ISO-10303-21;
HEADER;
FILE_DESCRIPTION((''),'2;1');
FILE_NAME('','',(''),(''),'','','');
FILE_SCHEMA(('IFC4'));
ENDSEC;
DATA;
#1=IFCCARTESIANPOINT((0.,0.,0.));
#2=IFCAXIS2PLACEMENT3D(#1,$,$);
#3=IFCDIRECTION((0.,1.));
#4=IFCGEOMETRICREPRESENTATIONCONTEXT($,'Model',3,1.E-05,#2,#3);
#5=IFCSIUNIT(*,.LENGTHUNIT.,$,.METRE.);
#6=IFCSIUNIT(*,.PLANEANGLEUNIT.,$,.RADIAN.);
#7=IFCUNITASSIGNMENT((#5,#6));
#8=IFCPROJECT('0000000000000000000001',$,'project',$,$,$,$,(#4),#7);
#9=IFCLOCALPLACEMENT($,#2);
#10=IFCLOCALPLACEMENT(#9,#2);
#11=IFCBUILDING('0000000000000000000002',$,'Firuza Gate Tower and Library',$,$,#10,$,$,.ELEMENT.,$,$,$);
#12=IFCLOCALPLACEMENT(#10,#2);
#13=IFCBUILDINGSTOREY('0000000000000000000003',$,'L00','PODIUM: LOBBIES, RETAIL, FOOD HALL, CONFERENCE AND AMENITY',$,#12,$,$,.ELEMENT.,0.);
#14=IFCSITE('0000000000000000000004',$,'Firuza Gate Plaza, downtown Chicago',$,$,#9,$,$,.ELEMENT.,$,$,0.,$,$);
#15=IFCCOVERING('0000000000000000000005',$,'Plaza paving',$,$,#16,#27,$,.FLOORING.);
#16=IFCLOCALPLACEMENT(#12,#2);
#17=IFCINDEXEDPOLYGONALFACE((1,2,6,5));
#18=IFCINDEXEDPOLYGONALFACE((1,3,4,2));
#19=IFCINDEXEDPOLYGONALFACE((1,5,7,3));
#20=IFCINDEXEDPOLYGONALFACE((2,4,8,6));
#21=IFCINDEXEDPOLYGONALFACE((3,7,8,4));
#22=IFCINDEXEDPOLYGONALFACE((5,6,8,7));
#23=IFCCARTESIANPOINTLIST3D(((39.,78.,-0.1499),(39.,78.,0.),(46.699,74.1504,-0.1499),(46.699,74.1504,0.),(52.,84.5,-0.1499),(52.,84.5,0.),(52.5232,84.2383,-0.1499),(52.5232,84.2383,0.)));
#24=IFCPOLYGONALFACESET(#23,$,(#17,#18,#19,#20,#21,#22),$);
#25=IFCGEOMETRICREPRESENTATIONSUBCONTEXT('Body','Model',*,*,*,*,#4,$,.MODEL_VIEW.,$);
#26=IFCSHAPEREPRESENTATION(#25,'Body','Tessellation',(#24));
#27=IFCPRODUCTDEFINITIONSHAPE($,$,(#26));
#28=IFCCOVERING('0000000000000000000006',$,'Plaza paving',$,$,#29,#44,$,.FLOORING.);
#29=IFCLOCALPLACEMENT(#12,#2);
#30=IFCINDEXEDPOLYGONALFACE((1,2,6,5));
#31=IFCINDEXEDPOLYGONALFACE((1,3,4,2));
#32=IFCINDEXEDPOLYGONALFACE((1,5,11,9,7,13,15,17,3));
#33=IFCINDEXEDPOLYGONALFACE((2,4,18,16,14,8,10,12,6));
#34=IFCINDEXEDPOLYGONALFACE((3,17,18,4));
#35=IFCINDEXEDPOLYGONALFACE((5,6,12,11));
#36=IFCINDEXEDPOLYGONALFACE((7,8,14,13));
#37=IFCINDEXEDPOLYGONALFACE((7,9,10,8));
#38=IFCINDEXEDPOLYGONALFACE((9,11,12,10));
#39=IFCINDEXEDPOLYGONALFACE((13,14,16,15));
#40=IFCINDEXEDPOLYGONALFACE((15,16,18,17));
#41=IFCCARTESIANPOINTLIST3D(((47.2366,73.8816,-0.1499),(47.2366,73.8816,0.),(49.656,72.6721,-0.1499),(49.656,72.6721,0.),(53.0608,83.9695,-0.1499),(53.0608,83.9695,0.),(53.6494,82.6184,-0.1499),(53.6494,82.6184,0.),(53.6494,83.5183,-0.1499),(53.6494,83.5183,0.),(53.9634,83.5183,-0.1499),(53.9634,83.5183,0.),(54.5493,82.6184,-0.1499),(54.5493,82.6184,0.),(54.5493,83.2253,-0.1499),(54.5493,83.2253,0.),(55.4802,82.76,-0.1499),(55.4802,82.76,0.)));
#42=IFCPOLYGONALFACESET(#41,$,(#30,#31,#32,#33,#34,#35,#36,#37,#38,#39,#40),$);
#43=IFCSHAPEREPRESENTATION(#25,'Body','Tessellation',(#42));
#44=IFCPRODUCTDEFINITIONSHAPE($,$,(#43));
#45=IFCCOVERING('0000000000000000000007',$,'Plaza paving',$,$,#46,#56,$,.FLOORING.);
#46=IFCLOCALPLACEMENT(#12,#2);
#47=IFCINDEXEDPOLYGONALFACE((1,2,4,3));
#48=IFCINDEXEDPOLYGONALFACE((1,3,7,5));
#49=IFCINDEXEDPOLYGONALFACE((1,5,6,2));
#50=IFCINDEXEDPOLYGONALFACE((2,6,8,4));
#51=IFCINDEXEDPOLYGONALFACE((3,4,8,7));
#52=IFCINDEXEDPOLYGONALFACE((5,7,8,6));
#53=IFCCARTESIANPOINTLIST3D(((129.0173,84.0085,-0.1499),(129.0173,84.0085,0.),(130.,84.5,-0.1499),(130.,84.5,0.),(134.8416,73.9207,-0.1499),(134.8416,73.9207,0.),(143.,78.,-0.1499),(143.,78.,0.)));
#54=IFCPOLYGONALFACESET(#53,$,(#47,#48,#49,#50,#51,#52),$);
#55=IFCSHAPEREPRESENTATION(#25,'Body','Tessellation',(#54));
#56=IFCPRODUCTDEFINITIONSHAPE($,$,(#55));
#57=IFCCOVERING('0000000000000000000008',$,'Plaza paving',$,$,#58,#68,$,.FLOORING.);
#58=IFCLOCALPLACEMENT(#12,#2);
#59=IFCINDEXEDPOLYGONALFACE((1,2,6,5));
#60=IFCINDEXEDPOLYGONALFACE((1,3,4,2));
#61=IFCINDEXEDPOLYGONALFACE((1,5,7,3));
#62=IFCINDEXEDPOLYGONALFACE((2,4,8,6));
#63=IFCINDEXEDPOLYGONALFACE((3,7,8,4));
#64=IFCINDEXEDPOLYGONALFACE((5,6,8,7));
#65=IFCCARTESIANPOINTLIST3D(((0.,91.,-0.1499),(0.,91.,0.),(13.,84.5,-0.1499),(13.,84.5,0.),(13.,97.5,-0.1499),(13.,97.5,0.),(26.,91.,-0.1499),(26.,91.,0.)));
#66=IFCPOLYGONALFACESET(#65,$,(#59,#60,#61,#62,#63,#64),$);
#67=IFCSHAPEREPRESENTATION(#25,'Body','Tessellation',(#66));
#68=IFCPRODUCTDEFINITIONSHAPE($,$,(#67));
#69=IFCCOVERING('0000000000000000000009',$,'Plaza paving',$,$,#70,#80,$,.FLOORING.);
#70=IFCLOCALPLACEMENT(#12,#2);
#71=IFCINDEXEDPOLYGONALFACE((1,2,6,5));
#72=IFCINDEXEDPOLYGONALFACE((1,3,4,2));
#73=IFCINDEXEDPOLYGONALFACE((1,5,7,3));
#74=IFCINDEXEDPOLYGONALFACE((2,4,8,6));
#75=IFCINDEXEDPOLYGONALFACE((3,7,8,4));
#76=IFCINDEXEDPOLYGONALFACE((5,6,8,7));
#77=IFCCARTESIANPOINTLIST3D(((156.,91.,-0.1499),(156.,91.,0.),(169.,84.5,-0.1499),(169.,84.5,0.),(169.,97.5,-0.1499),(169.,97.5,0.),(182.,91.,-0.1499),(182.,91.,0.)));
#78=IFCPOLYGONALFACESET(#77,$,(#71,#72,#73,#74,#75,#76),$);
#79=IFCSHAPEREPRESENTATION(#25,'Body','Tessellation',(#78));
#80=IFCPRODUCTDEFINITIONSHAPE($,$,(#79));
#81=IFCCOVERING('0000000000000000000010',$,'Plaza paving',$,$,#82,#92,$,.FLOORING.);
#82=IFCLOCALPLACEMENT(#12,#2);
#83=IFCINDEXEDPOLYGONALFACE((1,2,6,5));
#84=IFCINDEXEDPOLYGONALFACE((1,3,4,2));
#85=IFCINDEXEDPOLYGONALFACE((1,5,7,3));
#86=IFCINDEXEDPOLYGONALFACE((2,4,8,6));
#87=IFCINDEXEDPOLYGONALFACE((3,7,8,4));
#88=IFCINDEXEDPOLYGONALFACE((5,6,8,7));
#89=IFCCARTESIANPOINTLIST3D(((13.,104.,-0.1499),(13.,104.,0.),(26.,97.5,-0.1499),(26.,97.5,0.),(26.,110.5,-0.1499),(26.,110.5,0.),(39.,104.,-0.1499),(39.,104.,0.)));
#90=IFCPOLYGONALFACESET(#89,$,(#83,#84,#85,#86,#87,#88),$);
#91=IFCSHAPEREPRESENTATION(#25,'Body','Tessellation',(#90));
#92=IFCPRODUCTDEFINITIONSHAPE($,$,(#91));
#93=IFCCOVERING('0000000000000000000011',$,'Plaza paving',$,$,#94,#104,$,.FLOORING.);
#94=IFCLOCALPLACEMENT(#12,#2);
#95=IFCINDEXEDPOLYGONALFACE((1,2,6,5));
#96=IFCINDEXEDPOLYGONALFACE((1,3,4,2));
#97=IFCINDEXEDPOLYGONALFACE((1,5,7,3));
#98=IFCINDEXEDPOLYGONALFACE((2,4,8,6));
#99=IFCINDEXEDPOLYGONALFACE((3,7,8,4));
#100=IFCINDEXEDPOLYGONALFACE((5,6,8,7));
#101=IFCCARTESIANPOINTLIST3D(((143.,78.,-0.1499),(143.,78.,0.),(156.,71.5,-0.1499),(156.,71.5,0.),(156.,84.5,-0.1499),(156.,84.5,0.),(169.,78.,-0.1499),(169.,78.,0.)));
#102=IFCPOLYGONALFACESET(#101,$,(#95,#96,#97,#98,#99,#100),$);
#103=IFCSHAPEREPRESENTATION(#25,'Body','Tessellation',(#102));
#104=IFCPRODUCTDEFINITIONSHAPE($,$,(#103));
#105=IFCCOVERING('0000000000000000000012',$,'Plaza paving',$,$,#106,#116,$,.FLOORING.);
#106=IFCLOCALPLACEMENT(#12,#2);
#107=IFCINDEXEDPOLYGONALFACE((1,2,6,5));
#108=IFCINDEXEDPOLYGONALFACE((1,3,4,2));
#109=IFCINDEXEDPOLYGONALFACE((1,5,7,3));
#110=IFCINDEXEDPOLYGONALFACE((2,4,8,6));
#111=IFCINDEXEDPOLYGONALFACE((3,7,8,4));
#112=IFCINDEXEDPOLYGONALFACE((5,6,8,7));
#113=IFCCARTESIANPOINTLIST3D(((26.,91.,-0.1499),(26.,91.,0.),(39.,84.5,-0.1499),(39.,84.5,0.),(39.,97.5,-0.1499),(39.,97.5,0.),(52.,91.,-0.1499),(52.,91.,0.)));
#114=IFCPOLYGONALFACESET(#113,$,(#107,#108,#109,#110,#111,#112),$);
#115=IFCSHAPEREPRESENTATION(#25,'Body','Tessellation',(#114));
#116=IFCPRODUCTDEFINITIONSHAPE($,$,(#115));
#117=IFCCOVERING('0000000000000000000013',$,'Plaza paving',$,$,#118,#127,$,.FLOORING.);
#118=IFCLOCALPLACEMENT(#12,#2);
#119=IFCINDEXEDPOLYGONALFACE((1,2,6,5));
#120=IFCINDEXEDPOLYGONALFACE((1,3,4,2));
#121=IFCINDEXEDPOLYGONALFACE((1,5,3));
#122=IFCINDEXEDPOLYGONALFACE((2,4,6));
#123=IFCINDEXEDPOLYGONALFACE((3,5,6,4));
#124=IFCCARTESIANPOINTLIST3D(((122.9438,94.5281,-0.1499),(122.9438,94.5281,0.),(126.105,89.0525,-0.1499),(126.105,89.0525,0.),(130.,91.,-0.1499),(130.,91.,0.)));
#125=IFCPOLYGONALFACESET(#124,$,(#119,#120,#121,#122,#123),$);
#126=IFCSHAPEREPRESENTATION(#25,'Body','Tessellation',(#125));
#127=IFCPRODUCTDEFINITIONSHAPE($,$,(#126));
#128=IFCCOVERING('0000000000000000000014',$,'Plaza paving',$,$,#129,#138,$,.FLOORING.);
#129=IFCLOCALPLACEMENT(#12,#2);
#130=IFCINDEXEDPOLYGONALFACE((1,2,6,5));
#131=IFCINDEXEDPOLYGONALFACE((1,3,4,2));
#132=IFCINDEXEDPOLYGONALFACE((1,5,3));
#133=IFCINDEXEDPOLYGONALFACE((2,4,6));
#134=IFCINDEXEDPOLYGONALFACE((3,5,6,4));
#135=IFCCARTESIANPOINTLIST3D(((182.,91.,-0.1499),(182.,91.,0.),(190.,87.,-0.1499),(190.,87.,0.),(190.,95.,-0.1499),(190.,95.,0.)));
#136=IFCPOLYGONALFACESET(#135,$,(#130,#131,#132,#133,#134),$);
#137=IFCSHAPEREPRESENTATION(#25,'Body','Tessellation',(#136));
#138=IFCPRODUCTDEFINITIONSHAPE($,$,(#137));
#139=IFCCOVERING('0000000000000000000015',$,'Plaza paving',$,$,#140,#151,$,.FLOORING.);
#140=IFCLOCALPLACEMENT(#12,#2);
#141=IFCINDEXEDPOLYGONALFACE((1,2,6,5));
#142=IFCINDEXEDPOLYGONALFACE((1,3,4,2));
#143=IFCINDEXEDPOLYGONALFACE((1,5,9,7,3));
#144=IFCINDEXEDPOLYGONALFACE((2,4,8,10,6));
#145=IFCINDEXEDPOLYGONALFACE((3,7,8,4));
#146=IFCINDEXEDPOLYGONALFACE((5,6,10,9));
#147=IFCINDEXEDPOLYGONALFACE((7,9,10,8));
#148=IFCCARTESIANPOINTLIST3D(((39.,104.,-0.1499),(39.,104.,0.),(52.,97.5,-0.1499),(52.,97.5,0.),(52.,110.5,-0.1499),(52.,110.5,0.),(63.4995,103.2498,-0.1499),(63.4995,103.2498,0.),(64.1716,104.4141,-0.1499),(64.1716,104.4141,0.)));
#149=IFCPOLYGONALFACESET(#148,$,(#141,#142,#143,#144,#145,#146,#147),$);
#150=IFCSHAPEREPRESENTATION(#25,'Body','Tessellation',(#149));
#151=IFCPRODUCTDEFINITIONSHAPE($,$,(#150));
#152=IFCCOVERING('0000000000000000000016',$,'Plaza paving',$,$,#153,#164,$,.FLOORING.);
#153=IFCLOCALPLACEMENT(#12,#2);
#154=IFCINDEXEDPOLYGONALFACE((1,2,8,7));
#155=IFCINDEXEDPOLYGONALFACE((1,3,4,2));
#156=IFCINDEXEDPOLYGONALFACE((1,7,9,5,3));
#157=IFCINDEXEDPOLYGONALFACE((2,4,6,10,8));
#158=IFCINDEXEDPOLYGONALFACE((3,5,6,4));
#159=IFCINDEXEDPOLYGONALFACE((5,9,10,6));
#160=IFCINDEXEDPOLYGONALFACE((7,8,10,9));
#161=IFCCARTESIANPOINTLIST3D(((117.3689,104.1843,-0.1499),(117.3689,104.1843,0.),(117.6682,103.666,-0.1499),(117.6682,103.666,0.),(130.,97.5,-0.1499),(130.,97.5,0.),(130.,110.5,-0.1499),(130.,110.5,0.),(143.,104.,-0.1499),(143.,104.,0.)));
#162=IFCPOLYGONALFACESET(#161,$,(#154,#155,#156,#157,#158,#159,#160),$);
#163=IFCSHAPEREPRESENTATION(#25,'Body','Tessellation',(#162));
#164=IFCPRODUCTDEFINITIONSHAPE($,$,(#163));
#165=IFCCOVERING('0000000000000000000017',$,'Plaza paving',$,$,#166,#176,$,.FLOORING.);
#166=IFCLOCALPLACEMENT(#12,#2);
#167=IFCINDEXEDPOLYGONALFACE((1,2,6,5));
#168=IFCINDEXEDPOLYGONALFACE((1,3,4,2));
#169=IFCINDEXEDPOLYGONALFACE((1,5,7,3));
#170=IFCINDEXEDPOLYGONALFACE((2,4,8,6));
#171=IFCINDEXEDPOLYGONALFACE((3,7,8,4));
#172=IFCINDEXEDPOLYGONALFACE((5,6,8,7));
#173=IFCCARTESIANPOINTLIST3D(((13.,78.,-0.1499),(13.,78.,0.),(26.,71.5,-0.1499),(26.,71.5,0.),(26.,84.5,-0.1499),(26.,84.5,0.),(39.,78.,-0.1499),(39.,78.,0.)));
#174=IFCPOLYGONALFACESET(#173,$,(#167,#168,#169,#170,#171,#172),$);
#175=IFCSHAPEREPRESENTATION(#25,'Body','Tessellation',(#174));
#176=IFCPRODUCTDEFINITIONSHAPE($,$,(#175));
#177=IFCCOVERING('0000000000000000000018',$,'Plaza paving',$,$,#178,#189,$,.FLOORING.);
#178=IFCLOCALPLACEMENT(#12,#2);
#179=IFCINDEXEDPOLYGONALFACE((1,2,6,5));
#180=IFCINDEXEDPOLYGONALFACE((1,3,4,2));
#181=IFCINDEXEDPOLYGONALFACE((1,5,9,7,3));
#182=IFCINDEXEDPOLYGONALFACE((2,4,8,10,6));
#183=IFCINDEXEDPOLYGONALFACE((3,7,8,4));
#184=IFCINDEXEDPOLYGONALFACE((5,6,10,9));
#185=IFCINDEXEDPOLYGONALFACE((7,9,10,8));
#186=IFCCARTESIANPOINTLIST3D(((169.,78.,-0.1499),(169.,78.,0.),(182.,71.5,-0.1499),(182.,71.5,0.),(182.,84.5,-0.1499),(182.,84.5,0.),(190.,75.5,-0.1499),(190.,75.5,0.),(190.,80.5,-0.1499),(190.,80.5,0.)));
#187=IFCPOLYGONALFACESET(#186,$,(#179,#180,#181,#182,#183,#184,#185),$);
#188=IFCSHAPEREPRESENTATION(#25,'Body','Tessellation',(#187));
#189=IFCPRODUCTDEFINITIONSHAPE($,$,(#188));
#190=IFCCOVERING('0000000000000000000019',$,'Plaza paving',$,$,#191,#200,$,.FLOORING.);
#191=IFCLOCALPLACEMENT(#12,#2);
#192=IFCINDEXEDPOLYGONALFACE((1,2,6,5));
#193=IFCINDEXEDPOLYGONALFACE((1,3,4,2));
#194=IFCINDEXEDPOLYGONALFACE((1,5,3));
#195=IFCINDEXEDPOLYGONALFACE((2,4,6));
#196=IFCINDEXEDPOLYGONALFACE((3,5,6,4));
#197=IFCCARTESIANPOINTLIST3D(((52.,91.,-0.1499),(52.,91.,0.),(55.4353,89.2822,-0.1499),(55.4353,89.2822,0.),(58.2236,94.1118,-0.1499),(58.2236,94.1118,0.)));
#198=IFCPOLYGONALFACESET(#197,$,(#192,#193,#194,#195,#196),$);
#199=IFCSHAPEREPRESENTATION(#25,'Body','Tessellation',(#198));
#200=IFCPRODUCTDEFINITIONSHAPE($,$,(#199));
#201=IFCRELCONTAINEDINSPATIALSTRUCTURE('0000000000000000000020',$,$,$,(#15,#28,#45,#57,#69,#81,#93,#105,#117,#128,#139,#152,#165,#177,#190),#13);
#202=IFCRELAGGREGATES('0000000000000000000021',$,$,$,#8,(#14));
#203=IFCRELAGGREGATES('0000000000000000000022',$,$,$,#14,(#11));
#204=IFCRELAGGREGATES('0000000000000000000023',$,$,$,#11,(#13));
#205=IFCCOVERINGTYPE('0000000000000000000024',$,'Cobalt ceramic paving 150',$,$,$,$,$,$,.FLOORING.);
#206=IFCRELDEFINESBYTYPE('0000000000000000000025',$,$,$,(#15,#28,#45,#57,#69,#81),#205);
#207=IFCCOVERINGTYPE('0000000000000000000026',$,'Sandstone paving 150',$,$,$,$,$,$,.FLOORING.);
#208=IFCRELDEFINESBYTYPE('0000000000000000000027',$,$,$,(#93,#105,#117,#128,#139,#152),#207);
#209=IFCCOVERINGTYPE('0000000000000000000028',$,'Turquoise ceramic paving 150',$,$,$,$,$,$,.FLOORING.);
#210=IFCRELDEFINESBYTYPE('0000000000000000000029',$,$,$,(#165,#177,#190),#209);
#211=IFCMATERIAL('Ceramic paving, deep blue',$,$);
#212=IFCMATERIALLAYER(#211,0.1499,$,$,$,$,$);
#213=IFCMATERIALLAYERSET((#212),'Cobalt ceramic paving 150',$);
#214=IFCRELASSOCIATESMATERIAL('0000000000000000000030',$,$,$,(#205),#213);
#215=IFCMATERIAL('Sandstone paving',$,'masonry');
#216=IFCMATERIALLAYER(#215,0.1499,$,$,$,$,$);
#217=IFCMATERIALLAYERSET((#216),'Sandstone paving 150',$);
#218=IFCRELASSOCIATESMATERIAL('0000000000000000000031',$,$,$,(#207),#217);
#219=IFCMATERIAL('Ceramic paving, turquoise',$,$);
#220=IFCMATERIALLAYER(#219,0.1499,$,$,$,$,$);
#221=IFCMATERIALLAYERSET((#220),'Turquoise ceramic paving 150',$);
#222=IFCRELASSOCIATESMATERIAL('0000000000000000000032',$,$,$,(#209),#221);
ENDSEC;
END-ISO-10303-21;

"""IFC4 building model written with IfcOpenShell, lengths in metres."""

from ifc_helpers import new_model, si_unit, direction, frame, origin, place, context, subcontext, project, spatial, polyline, outline, extrude, material, layer, layer_set, type_object, element, save


model = new_model("IFC4")

# Units and contexts
model_context = context("Model", 3, precision=1e-05, world=origin(), true_north=direction((0.0, 1.0)))
body_context = subcontext(model_context, "Body", "Model", "MODEL_VIEW")
ifc_project = project(units=[si_unit("LENGTHUNIT", "METRE"), si_unit("PLANEANGLEUNIT", "RADIAN")], contexts=[model_context])

# Site, building, storey
site_placement = place(None, origin())
site = spatial("IfcSite", under=ifc_project, at=site_placement, Name="Firuza Gate Plaza, downtown Chicago", CompositionType="ELEMENT", RefElevation=0.0)
building_placement = place(site_placement, origin())
building = spatial("IfcBuilding", under=site, at=building_placement, Name="Firuza Gate Tower and Library", CompositionType="ELEMENT")
storey_placement = place(building_placement, origin())
storey = spatial("IfcBuildingStorey", under=building, at=storey_placement, Name="L00", Description="PODIUM: LOBBIES, RETAIL, FOOD HALL, CONFERENCE AND AMENITY", CompositionType="ELEMENT", Elevation=0.0)

# Coverings
ifc_material_1 = material(Name="Ceramic paving, deep blue")
ifc_layer_1 = layer(ifc_material_1, 0.1499)
ifc_layer_set_1 = layer_set([ifc_layer_1], Name="Cobalt ceramic paving 150")
covering_type_1 = type_object("IfcCoveringType", Name="Cobalt ceramic paving 150", PredefinedType="FLOORING", material=ifc_layer_set_1)
placement = place(storey_placement, frame((0.0, 0.0, -0.1499)))
element("IfcCovering", 1, at=placement, inside=storey, type_object=covering_type_1, Name="Plaza paving", PredefinedType="FLOORING", context=body_context, shape_type="SweptSolid", body=[
    extrude(outline(polyline([(39.0, 78.0), (52.0, 84.5), (52.5232, 84.2383), (46.699, 74.1504), (39.0, 78.0)])), origin(), (0.0, 0.0, 1.0), 0.1499),
])
element("IfcCovering", 2, at=placement, inside=storey, type_object=covering_type_1, Name="Plaza paving", PredefinedType="FLOORING", context=body_context, shape_type="SweptSolid", body=[
    extrude(outline(polyline([(47.2366, 73.8816), (53.0608, 83.9695), (53.9634, 83.5183), (53.6494, 83.5183), (53.6494, 82.6184), (54.5493, 82.6184), (54.5493, 83.2253), (55.4802, 82.76), (49.656, 72.6721), (47.2366, 73.8816)])), origin(), (0.0, 0.0, 1.0), 0.1499),
])
element("IfcCovering", 3, at=placement, inside=storey, type_object=covering_type_1, Name="Plaza paving", PredefinedType="FLOORING", context=body_context, shape_type="SweptSolid", body=[
    extrude(outline(polyline([(130.0, 84.5), (143.0, 78.0), (134.8416, 73.9207), (129.0173, 84.0085), (130.0, 84.5)])), origin(), (0.0, 0.0, 1.0), 0.1499),
])
element("IfcCovering", 4, at=placement, inside=storey, type_object=covering_type_1, Name="Plaza paving", PredefinedType="FLOORING", context=body_context, shape_type="SweptSolid", body=[
    extrude(outline(polyline([(13.0, 97.5), (26.0, 91.0), (13.0, 84.5), (0.0, 91.0), (13.0, 97.5)])), origin(), (0.0, 0.0, 1.0), 0.1499),
])
element("IfcCovering", 5, at=placement, inside=storey, type_object=covering_type_1, Name="Plaza paving", PredefinedType="FLOORING", context=body_context, shape_type="SweptSolid", body=[
    extrude(outline(polyline([(169.0, 97.5), (182.0, 91.0), (169.0, 84.5), (156.0, 91.0), (169.0, 97.5)])), origin(), (0.0, 0.0, 1.0), 0.1499),
])
element("IfcCovering", 6, at=placement, inside=storey, type_object=covering_type_1, Name="Plaza paving", PredefinedType="FLOORING", context=body_context, shape_type="SweptSolid", body=[
    extrude(outline(polyline([(26.0, 110.5), (39.0, 104.0), (26.0, 97.5), (13.0, 104.0), (26.0, 110.5)])), origin(), (0.0, 0.0, 1.0), 0.1499),
])
ifc_material_2 = material(Name="Sandstone paving", Category="masonry")
ifc_layer_2 = layer(ifc_material_2, 0.1499)
ifc_layer_set_2 = layer_set([ifc_layer_2], Name="Sandstone paving 150")
covering_type_2 = type_object("IfcCoveringType", Name="Sandstone paving 150", PredefinedType="FLOORING", material=ifc_layer_set_2)
element("IfcCovering", 7, at=placement, inside=storey, type_object=covering_type_2, Name="Plaza paving", PredefinedType="FLOORING", context=body_context, shape_type="SweptSolid", body=[
    extrude(outline(polyline([(156.0, 84.5), (169.0, 78.0), (156.0, 71.5), (143.0, 78.0), (156.0, 84.5)])), origin(), (0.0, 0.0, 1.0), 0.1499),
])
element("IfcCovering", 8, at=placement, inside=storey, type_object=covering_type_2, Name="Plaza paving", PredefinedType="FLOORING", context=body_context, shape_type="SweptSolid", body=[
    extrude(outline(polyline([(39.0, 97.5), (52.0, 91.0), (39.0, 84.5), (26.0, 91.0), (39.0, 97.5)])), origin(), (0.0, 0.0, 1.0), 0.1499),
])
element("IfcCovering", 9, at=placement, inside=storey, type_object=covering_type_2, Name="Plaza paving", PredefinedType="FLOORING", context=body_context, shape_type="SweptSolid", body=[
    extrude(outline(polyline([(130.0, 91.0), (126.105, 89.0525), (122.9438, 94.5281), (130.0, 91.0)])), origin(), (0.0, 0.0, 1.0), 0.1499),
])
element("IfcCovering", 10, at=placement, inside=storey, type_object=covering_type_2, Name="Plaza paving", PredefinedType="FLOORING", context=body_context, shape_type="SweptSolid", body=[
    extrude(outline(polyline([(182.0, 91.0), (190.0, 95.0), (190.0, 87.0), (182.0, 91.0)])), origin(), (0.0, 0.0, 1.0), 0.1499),
])
element("IfcCovering", 11, at=placement, inside=storey, type_object=covering_type_2, Name="Plaza paving", PredefinedType="FLOORING", context=body_context, shape_type="SweptSolid", body=[
    extrude(outline(polyline([(52.0, 97.5), (39.0, 104.0), (52.0, 110.5), (64.1716, 104.4141), (63.4995, 103.2498), (52.0, 97.5)])), origin(), (0.0, 0.0, 1.0), 0.1499),
])
element("IfcCovering", 12, at=placement, inside=storey, type_object=covering_type_2, Name="Plaza paving", PredefinedType="FLOORING", context=body_context, shape_type="SweptSolid", body=[
    extrude(outline(polyline([(130.0, 110.5), (143.0, 104.0), (130.0, 97.5), (117.6682, 103.666), (117.3689, 104.1843), (130.0, 110.5)])), origin(), (0.0, 0.0, 1.0), 0.1499),
])
ifc_material_3 = material(Name="Ceramic paving, turquoise")
ifc_layer_3 = layer(ifc_material_3, 0.1499)
ifc_layer_set_3 = layer_set([ifc_layer_3], Name="Turquoise ceramic paving 150")
covering_type_3 = type_object("IfcCoveringType", Name="Turquoise ceramic paving 150", PredefinedType="FLOORING", material=ifc_layer_set_3)
element("IfcCovering", 13, at=placement, inside=storey, type_object=covering_type_3, Name="Plaza paving", PredefinedType="FLOORING", context=body_context, shape_type="SweptSolid", body=[
    extrude(outline(polyline([(26.0, 84.5), (39.0, 78.0), (26.0, 71.5), (13.0, 78.0), (26.0, 84.5)])), origin(), (0.0, 0.0, 1.0), 0.1499),
])
element("IfcCovering", 14, at=placement, inside=storey, type_object=covering_type_3, Name="Plaza paving", PredefinedType="FLOORING", context=body_context, shape_type="SweptSolid", body=[
    extrude(outline(polyline([(182.0, 71.5), (169.0, 78.0), (182.0, 84.5), (190.0, 80.5), (190.0, 75.5), (182.0, 71.5)])), origin(), (0.0, 0.0, 1.0), 0.1499),
])
element("IfcCovering", 15, at=placement, inside=storey, type_object=covering_type_3, Name="Plaza paving", PredefinedType="FLOORING", context=body_context, shape_type="SweptSolid", body=[
    extrude(outline(polyline([(52.0, 91.0), (58.2236, 94.1118), (55.4353, 89.2822), (52.0, 91.0)])), origin(), (0.0, 0.0, 1.0), 0.1499),
])

save(model, "model.ifc")
